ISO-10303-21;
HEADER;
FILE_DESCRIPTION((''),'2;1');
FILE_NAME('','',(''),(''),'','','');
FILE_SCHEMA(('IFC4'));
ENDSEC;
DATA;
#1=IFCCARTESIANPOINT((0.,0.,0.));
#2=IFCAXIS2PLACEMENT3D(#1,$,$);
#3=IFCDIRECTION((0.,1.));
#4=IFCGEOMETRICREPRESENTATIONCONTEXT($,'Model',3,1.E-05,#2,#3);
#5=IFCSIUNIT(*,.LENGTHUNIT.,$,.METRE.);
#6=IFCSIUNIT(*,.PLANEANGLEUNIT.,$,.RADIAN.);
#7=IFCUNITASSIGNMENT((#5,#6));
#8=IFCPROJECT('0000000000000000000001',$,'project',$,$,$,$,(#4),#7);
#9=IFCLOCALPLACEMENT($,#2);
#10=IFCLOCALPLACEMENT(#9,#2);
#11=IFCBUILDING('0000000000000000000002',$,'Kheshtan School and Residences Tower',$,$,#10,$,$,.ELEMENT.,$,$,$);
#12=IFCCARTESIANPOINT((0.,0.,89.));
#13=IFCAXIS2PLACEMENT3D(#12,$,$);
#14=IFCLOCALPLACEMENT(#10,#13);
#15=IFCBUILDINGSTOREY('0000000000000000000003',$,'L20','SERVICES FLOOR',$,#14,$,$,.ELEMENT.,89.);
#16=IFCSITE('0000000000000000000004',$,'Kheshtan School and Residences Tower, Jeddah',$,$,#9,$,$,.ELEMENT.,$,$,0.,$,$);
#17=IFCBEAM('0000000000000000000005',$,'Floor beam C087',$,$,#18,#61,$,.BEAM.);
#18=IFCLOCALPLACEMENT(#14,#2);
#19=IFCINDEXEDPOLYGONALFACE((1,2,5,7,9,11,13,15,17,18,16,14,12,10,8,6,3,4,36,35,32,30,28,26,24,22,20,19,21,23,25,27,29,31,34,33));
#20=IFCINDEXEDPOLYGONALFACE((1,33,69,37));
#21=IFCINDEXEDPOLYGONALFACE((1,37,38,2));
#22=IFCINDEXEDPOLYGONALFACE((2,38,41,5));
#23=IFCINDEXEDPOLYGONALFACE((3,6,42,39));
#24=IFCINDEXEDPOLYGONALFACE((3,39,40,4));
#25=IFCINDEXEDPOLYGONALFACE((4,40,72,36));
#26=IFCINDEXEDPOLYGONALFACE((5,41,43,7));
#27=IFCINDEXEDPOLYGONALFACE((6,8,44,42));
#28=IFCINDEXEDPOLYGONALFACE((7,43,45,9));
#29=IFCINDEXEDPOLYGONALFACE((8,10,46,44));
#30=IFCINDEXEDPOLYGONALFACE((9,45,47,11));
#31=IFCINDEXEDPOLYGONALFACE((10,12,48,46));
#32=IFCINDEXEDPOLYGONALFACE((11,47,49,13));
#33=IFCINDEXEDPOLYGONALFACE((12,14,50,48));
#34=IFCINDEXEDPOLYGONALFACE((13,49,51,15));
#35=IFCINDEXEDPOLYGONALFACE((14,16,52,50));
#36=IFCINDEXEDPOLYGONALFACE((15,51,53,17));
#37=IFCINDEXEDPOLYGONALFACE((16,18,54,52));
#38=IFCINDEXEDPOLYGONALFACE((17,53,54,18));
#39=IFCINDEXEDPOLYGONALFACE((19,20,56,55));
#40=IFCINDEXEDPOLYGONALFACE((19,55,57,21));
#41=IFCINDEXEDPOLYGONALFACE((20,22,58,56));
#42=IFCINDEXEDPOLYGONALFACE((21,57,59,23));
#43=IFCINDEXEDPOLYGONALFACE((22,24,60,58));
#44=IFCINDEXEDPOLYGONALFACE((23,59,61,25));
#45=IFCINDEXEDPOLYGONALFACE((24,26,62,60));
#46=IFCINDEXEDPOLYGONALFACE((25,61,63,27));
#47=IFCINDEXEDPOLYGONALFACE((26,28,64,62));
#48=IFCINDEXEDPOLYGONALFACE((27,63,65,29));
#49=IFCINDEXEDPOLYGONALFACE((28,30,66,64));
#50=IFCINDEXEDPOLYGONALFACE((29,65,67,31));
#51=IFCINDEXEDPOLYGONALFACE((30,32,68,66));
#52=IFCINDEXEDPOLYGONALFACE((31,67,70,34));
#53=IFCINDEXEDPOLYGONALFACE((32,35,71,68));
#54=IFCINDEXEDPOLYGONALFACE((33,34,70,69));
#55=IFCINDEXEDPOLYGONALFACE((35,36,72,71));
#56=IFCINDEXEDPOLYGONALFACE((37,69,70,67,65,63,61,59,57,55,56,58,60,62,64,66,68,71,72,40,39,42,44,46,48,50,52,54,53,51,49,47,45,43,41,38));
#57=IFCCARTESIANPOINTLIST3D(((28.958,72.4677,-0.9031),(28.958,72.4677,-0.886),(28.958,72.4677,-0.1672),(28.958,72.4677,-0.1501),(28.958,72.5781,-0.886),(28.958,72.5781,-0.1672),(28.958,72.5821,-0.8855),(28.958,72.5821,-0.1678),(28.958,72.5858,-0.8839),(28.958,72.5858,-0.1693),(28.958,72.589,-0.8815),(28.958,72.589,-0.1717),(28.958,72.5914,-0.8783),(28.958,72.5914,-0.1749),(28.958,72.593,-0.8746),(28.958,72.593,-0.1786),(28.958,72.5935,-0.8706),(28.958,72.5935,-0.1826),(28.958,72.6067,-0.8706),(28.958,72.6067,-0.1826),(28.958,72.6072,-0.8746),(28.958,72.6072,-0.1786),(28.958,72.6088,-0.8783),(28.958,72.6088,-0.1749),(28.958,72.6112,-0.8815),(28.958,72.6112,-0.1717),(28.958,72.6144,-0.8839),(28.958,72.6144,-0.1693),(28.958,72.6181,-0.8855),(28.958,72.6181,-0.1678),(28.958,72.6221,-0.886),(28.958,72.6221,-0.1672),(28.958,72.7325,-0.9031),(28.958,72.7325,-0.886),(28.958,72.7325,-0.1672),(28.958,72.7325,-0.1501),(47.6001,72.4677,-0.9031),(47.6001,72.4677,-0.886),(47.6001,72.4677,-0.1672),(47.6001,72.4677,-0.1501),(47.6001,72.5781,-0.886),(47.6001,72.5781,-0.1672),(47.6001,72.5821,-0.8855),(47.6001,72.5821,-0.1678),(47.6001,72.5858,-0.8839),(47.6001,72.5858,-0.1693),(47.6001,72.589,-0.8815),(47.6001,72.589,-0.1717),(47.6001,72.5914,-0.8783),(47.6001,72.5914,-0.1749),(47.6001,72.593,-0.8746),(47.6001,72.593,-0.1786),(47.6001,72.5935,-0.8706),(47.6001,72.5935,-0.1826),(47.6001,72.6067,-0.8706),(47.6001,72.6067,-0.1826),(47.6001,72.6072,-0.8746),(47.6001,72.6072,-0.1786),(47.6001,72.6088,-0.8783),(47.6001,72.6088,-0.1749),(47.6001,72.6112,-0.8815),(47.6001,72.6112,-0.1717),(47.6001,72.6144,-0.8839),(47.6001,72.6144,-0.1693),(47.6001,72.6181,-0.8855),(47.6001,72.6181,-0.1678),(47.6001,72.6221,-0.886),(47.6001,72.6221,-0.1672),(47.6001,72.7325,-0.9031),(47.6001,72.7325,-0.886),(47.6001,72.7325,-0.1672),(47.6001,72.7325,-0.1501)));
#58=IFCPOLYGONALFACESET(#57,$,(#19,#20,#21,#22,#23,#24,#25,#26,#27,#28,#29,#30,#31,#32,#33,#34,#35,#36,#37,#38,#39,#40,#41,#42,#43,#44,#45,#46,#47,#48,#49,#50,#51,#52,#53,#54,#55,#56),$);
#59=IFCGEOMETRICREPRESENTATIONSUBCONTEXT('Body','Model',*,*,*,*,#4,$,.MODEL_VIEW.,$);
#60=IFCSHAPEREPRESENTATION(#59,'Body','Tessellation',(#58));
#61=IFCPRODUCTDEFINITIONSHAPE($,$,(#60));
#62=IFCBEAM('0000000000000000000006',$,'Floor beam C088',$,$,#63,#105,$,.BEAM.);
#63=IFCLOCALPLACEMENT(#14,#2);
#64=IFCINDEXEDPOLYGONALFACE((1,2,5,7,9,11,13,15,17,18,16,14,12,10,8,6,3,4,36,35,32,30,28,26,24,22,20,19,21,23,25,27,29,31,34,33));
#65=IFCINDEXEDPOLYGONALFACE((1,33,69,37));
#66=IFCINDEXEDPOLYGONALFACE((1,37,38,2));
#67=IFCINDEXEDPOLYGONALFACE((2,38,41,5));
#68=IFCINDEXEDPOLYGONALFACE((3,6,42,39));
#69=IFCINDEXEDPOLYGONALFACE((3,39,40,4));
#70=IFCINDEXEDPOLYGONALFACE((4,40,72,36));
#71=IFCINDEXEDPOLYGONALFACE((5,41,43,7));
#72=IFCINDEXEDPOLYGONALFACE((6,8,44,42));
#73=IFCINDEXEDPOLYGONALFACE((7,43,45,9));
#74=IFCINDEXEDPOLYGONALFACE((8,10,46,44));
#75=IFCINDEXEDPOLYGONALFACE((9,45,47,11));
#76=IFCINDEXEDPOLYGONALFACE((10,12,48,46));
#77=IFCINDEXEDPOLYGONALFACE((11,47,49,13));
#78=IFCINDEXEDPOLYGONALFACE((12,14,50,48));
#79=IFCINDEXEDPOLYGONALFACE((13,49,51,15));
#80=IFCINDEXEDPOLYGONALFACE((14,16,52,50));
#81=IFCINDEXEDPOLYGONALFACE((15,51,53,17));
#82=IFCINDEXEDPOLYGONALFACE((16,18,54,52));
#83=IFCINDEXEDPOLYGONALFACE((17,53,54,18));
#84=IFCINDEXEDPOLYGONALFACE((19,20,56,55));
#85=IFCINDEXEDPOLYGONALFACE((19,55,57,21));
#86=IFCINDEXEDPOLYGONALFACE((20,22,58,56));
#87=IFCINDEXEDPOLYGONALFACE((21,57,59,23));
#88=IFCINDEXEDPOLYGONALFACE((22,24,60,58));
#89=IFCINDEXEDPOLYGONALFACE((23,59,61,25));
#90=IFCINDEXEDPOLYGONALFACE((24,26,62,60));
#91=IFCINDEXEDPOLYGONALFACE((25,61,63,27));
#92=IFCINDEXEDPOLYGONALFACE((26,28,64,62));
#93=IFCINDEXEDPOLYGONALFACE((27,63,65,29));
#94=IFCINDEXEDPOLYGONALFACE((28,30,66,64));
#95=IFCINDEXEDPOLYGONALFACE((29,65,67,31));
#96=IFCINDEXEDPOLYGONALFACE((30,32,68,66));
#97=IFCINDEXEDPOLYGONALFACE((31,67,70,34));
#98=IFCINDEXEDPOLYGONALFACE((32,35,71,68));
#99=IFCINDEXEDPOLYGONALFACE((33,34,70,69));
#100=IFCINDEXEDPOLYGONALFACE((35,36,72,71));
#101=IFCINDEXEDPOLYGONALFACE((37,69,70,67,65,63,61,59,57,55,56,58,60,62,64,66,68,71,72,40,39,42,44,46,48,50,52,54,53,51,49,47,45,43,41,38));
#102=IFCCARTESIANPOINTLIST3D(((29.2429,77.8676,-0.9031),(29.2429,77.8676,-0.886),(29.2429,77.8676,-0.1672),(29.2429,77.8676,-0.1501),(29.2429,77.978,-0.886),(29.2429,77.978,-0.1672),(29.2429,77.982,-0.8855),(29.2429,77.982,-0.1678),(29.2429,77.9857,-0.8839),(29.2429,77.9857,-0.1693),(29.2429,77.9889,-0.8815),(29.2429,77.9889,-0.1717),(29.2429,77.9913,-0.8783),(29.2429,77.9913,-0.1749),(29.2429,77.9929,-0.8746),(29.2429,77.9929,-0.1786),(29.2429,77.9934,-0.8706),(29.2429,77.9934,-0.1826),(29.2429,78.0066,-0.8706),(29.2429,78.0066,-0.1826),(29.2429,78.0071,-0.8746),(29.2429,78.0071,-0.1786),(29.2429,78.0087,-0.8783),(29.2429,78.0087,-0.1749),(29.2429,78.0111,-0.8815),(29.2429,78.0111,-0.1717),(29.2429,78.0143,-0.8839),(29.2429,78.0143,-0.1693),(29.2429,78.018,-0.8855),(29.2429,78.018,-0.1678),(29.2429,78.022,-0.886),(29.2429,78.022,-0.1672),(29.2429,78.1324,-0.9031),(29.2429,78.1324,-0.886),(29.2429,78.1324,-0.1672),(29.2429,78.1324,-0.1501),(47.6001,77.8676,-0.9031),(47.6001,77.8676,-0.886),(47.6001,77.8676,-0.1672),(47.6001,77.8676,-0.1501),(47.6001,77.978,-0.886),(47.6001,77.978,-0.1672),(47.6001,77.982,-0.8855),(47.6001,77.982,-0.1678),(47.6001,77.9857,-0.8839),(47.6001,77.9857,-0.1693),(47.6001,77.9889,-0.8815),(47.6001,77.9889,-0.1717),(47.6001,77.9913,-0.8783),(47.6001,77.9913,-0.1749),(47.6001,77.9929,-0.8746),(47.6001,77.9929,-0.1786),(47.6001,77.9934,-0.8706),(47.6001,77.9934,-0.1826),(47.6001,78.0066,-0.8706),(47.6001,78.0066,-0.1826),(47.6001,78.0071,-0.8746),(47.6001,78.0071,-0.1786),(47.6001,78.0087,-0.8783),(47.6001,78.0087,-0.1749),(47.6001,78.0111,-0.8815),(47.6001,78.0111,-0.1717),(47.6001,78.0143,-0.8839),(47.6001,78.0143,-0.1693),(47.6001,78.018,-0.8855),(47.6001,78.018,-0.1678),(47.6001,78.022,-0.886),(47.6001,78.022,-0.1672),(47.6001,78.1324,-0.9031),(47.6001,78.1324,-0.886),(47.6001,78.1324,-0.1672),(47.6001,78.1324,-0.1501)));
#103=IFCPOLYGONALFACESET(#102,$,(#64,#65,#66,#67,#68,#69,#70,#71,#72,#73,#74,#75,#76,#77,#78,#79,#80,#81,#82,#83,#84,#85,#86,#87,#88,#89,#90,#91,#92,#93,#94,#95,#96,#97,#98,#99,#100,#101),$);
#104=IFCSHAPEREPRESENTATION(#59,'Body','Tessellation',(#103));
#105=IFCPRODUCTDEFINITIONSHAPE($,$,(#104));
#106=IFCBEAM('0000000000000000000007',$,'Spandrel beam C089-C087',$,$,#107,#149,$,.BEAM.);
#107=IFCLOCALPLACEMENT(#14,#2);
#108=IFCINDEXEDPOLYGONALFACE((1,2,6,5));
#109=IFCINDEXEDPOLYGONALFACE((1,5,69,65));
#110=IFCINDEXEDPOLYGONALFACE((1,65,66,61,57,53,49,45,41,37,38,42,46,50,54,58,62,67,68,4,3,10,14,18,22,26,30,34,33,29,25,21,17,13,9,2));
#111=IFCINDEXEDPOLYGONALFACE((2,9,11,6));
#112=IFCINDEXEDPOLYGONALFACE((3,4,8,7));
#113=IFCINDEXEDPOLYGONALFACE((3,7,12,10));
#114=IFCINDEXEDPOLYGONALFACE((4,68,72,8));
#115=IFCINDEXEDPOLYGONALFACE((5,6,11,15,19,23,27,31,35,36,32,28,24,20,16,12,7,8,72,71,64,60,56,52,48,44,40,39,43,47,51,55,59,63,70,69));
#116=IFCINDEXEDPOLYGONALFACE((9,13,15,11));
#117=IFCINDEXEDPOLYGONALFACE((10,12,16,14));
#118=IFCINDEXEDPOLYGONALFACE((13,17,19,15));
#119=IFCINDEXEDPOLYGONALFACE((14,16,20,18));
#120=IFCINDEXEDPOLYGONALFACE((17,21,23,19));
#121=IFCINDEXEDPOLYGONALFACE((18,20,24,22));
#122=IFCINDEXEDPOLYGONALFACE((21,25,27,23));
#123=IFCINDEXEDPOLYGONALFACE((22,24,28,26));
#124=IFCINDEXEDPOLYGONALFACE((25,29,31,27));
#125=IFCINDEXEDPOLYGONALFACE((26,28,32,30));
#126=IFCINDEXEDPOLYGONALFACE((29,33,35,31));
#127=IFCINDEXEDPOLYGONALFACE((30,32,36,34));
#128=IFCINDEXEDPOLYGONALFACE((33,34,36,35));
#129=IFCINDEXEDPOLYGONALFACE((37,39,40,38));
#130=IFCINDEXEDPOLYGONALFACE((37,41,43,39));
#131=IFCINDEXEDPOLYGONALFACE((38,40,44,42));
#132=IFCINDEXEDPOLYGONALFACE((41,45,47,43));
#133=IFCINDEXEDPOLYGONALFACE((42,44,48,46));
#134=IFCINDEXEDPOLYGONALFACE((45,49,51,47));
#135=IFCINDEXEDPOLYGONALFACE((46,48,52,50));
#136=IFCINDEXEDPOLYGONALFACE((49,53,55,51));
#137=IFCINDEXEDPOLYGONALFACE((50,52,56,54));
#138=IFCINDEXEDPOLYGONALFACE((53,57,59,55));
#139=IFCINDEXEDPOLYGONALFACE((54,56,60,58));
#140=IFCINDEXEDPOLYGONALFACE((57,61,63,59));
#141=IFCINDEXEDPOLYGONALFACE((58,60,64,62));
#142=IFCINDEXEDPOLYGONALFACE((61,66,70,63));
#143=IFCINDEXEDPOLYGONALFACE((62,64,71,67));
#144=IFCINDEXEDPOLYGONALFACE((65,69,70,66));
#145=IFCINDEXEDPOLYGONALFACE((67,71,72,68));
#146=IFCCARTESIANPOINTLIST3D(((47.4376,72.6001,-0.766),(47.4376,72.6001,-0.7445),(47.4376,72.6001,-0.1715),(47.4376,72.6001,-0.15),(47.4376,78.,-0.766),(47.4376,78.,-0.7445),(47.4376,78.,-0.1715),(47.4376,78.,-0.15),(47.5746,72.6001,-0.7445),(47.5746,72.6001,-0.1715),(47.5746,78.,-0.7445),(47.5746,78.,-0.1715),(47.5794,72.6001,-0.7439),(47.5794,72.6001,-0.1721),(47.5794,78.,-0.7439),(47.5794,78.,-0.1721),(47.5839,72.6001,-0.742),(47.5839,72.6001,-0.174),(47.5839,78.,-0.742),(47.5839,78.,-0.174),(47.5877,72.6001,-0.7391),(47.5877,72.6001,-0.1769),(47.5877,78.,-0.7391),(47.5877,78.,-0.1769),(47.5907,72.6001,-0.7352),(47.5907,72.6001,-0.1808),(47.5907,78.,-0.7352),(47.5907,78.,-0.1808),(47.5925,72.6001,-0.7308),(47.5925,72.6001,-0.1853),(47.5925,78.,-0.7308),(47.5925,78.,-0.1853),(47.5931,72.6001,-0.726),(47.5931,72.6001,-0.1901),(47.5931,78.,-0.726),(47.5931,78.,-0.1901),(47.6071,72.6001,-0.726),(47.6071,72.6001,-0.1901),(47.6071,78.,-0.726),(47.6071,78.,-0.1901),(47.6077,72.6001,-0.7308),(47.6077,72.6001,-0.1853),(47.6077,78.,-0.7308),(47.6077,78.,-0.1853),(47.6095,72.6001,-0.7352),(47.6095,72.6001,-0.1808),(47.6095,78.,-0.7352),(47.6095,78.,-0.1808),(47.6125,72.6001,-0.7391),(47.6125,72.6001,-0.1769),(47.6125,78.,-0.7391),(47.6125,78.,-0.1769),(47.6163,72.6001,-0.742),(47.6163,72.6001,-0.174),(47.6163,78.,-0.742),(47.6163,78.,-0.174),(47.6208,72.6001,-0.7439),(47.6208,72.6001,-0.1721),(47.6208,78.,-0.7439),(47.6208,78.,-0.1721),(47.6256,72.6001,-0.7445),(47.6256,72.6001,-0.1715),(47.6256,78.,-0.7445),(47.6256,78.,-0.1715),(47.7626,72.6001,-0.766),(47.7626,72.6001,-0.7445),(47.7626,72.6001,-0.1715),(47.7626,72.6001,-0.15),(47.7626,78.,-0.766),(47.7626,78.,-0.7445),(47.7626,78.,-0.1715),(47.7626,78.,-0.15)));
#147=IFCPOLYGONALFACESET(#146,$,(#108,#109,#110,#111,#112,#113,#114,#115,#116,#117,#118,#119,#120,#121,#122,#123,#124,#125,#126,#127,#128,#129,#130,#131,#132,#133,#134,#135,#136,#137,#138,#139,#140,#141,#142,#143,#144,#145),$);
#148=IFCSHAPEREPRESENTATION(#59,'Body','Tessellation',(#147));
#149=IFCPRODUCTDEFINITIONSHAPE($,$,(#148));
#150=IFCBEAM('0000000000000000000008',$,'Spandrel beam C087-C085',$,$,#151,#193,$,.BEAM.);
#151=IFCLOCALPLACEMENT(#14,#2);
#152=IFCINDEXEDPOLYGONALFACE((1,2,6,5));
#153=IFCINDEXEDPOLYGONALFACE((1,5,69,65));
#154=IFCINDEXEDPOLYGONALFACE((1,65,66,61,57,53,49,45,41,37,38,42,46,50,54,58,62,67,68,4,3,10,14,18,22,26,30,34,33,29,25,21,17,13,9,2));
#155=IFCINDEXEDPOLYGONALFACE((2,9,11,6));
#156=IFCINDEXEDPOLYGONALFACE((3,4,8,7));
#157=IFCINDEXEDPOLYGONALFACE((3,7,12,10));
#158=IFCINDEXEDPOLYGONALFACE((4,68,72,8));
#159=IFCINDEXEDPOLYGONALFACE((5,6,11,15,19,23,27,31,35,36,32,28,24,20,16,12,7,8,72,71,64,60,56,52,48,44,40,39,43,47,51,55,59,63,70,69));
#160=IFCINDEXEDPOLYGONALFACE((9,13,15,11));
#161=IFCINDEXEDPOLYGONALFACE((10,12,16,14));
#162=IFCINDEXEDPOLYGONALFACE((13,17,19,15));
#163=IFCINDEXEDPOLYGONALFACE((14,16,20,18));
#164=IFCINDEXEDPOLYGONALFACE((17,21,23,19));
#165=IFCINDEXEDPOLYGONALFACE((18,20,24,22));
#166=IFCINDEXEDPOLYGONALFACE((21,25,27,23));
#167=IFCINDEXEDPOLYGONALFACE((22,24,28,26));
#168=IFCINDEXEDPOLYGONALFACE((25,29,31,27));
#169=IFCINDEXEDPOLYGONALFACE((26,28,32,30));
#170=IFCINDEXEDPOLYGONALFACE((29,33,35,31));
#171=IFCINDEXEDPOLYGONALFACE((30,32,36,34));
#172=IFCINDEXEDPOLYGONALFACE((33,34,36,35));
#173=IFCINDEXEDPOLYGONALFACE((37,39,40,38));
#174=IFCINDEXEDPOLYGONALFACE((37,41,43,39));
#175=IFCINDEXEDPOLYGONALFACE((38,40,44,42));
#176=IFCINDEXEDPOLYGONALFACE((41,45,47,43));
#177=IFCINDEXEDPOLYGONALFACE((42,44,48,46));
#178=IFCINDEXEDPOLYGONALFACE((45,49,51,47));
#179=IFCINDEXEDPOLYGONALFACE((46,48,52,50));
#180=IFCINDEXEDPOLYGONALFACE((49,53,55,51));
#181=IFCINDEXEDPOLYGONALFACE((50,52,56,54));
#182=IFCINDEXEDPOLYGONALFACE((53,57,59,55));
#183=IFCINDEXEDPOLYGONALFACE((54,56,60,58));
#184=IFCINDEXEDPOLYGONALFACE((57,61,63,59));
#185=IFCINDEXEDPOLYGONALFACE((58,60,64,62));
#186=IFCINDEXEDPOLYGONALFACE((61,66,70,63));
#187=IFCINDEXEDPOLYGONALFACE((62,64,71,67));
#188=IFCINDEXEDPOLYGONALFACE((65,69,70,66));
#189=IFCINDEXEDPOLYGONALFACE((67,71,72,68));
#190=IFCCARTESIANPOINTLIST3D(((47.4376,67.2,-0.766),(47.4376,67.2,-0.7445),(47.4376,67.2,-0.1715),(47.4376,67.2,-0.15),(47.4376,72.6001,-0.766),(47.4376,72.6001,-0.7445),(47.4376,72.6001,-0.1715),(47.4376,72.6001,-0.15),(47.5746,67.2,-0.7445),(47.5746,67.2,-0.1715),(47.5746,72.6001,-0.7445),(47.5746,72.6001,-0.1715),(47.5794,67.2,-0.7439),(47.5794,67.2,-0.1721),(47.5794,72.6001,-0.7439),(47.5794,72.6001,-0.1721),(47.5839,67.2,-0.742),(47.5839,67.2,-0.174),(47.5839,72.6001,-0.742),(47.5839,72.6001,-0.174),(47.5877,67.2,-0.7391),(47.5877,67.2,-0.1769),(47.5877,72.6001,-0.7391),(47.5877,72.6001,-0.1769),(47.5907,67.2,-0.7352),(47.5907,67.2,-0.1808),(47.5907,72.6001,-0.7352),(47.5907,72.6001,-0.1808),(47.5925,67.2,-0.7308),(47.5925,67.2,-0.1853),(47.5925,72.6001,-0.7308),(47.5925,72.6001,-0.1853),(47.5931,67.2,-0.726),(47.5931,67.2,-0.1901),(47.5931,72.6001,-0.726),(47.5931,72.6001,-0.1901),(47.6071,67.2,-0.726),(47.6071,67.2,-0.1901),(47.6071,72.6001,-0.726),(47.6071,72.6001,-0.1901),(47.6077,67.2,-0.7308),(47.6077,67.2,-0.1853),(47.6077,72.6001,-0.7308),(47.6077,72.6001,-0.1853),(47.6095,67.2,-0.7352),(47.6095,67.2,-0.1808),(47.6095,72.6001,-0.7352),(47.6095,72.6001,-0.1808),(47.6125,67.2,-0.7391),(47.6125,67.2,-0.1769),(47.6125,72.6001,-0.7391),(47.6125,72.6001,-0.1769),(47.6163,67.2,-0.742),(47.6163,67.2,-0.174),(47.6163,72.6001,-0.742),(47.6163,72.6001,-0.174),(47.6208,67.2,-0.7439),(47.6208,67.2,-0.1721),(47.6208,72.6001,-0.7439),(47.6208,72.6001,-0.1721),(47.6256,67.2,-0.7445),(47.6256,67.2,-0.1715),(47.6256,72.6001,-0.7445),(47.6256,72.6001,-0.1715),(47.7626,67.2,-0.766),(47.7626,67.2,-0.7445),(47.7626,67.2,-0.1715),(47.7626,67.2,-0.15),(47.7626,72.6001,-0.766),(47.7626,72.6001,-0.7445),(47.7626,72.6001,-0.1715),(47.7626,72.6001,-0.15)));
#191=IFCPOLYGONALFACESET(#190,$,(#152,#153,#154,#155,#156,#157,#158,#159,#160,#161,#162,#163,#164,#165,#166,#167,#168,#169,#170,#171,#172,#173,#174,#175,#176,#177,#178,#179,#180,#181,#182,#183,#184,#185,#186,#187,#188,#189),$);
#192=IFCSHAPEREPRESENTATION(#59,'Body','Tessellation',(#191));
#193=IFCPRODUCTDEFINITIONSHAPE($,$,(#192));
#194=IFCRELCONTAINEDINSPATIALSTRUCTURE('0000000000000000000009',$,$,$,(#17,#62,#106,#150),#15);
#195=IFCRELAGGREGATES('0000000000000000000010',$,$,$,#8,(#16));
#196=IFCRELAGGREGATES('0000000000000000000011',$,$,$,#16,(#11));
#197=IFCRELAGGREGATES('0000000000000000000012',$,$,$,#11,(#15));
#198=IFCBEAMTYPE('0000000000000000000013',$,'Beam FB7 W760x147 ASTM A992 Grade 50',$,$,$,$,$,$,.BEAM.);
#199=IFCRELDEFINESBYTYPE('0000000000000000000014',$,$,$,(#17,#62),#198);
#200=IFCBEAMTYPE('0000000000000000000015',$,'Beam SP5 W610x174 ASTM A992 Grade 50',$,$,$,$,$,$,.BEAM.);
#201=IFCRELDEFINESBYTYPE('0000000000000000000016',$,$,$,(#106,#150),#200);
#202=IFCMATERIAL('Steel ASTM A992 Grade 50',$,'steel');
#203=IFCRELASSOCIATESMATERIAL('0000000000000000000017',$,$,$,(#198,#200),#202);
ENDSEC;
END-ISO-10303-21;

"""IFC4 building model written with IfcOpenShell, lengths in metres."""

from ifc_helpers import new_model, si_unit, direction, frame, origin, origin_2d, place, context, subcontext, project, spatial, i_section, extrude, material, material_profile, profile_set, type_object, element, save


model = new_model("IFC4")

# Units and contexts
model_context = context("Model", 3, precision=1e-05, world=origin(), true_north=direction((0.0, 1.0)))
body_context = subcontext(model_context, "Body", "Model", "MODEL_VIEW")
ifc_project = project(units=[si_unit("LENGTHUNIT", "METRE"), si_unit("PLANEANGLEUNIT", "RADIAN")], contexts=[model_context])

# Site, building, storey
site_placement = place(None, origin())
site = spatial("IfcSite", under=ifc_project, at=site_placement, Name="Kheshtan School and Residences Tower, Jeddah", CompositionType="ELEMENT", RefElevation=0.0)
building_placement = place(site_placement, origin())
building = spatial("IfcBuilding", under=site, at=building_placement, Name="Kheshtan School and Residences Tower", CompositionType="ELEMENT")
storey_placement = place(building_placement, frame((0.0, 0.0, 89.0)))
storey = spatial("IfcBuildingStorey", under=building, at=storey_placement, Name="L20", Description="SERVICES FLOOR", CompositionType="ELEMENT", Elevation=89.0)

# Shared definitions
ifc_material_1 = material(Name="Steel ASTM A992 Grade 50", Category="steel")

# Beams
ifc_material_profile_1 = material_profile(ifc_material_1, i_section(OverallWidth=0.2649, OverallDepth=0.7529, WebThickness=0.0132, FlangeThickness=0.0171, FilletRadius=0.0154, at=origin_2d()), Name="W760x147")
ifc_profile_set_1 = profile_set([ifc_material_profile_1], Name="Steel ASTM A992 Grade 50")
beam_type_1 = type_object("IfcBeamType", Name="Beam FB7 W760x147 ASTM A992 Grade 50", PredefinedType="BEAM", material=ifc_profile_set_1)
beam_1_placement = place(storey_placement, frame((47.6001, 72.6001, -0.5266), z_axis=(-1.0, 0.0, 0.0), x_axis=(0.0, -1.0, 0.0)))
element("IfcBeam", 1, at=beam_1_placement, inside=storey, type_object=beam_type_1, Name="Floor beam C087", PredefinedType="BEAM", context=body_context, shape_type="SweptSolid", body=[
    extrude(i_section(OverallWidth=0.2649, OverallDepth=0.7529, WebThickness=0.0132, FlangeThickness=0.0171, FilletRadius=0.0154, at=origin_2d()), origin(), (0.0, 0.0, 1.0), 18.6421),
])
beam_2_placement = place(storey_placement, frame((29.2429, 78.0, -0.5266), z_axis=(1.0, 0.0, 0.0), x_axis=(0.0, 1.0, 0.0)))
element("IfcBeam", 2, at=beam_2_placement, inside=storey, type_object=beam_type_1, Name="Floor beam C088", PredefinedType="BEAM", context=body_context, shape_type="SweptSolid", body=[
    extrude(i_section(OverallWidth=0.2649, OverallDepth=0.7529, WebThickness=0.0132, FlangeThickness=0.0171, FilletRadius=0.0154, at=origin_2d()), origin(), (0.0, 0.0, 1.0), 18.3572),
])
ifc_material_profile_2 = material_profile(ifc_material_1, i_section(OverallWidth=0.325, OverallDepth=0.616, WebThickness=0.0139, FlangeThickness=0.0215, FilletRadius=0.0186, at=origin_2d()), Name="W610x174")
ifc_profile_set_2 = profile_set([ifc_material_profile_2], Name="Steel ASTM A992 Grade 50")
beam_type_2 = type_object("IfcBeamType", Name="Beam SP5 W610x174 ASTM A992 Grade 50", PredefinedType="BEAM", material=ifc_profile_set_2)
beam_3_placement = place(storey_placement, frame((47.6001, 78.0, -0.458), z_axis=(0.0, -1.0, 0.0), x_axis=(1.0, 0.0, 0.0)))
element("IfcBeam", 3, at=beam_3_placement, inside=storey, type_object=beam_type_2, Name="Spandrel beam C089-C087", PredefinedType="BEAM", context=body_context, shape_type="SweptSolid", body=[
    extrude(i_section(OverallWidth=0.325, OverallDepth=0.616, WebThickness=0.0139, FlangeThickness=0.0215, FilletRadius=0.0186, at=origin_2d()), origin(), (0.0, 0.0, 1.0), 5.3999),
])
beam_4_placement = place(storey_placement, frame((47.6001, 72.6001, -0.458), z_axis=(0.0, -1.0, 0.0), x_axis=(1.0, 0.0, 0.0)))
element("IfcBeam", 4, at=beam_4_placement, inside=storey, type_object=beam_type_2, Name="Spandrel beam C087-C085", PredefinedType="BEAM", context=body_context, shape_type="SweptSolid", body=[
    extrude(i_section(OverallWidth=0.325, OverallDepth=0.616, WebThickness=0.0139, FlangeThickness=0.0215, FilletRadius=0.0186, at=origin_2d()), origin(), (0.0, 0.0, 1.0), 5.4001),
])

save(model, "model.ifc")
